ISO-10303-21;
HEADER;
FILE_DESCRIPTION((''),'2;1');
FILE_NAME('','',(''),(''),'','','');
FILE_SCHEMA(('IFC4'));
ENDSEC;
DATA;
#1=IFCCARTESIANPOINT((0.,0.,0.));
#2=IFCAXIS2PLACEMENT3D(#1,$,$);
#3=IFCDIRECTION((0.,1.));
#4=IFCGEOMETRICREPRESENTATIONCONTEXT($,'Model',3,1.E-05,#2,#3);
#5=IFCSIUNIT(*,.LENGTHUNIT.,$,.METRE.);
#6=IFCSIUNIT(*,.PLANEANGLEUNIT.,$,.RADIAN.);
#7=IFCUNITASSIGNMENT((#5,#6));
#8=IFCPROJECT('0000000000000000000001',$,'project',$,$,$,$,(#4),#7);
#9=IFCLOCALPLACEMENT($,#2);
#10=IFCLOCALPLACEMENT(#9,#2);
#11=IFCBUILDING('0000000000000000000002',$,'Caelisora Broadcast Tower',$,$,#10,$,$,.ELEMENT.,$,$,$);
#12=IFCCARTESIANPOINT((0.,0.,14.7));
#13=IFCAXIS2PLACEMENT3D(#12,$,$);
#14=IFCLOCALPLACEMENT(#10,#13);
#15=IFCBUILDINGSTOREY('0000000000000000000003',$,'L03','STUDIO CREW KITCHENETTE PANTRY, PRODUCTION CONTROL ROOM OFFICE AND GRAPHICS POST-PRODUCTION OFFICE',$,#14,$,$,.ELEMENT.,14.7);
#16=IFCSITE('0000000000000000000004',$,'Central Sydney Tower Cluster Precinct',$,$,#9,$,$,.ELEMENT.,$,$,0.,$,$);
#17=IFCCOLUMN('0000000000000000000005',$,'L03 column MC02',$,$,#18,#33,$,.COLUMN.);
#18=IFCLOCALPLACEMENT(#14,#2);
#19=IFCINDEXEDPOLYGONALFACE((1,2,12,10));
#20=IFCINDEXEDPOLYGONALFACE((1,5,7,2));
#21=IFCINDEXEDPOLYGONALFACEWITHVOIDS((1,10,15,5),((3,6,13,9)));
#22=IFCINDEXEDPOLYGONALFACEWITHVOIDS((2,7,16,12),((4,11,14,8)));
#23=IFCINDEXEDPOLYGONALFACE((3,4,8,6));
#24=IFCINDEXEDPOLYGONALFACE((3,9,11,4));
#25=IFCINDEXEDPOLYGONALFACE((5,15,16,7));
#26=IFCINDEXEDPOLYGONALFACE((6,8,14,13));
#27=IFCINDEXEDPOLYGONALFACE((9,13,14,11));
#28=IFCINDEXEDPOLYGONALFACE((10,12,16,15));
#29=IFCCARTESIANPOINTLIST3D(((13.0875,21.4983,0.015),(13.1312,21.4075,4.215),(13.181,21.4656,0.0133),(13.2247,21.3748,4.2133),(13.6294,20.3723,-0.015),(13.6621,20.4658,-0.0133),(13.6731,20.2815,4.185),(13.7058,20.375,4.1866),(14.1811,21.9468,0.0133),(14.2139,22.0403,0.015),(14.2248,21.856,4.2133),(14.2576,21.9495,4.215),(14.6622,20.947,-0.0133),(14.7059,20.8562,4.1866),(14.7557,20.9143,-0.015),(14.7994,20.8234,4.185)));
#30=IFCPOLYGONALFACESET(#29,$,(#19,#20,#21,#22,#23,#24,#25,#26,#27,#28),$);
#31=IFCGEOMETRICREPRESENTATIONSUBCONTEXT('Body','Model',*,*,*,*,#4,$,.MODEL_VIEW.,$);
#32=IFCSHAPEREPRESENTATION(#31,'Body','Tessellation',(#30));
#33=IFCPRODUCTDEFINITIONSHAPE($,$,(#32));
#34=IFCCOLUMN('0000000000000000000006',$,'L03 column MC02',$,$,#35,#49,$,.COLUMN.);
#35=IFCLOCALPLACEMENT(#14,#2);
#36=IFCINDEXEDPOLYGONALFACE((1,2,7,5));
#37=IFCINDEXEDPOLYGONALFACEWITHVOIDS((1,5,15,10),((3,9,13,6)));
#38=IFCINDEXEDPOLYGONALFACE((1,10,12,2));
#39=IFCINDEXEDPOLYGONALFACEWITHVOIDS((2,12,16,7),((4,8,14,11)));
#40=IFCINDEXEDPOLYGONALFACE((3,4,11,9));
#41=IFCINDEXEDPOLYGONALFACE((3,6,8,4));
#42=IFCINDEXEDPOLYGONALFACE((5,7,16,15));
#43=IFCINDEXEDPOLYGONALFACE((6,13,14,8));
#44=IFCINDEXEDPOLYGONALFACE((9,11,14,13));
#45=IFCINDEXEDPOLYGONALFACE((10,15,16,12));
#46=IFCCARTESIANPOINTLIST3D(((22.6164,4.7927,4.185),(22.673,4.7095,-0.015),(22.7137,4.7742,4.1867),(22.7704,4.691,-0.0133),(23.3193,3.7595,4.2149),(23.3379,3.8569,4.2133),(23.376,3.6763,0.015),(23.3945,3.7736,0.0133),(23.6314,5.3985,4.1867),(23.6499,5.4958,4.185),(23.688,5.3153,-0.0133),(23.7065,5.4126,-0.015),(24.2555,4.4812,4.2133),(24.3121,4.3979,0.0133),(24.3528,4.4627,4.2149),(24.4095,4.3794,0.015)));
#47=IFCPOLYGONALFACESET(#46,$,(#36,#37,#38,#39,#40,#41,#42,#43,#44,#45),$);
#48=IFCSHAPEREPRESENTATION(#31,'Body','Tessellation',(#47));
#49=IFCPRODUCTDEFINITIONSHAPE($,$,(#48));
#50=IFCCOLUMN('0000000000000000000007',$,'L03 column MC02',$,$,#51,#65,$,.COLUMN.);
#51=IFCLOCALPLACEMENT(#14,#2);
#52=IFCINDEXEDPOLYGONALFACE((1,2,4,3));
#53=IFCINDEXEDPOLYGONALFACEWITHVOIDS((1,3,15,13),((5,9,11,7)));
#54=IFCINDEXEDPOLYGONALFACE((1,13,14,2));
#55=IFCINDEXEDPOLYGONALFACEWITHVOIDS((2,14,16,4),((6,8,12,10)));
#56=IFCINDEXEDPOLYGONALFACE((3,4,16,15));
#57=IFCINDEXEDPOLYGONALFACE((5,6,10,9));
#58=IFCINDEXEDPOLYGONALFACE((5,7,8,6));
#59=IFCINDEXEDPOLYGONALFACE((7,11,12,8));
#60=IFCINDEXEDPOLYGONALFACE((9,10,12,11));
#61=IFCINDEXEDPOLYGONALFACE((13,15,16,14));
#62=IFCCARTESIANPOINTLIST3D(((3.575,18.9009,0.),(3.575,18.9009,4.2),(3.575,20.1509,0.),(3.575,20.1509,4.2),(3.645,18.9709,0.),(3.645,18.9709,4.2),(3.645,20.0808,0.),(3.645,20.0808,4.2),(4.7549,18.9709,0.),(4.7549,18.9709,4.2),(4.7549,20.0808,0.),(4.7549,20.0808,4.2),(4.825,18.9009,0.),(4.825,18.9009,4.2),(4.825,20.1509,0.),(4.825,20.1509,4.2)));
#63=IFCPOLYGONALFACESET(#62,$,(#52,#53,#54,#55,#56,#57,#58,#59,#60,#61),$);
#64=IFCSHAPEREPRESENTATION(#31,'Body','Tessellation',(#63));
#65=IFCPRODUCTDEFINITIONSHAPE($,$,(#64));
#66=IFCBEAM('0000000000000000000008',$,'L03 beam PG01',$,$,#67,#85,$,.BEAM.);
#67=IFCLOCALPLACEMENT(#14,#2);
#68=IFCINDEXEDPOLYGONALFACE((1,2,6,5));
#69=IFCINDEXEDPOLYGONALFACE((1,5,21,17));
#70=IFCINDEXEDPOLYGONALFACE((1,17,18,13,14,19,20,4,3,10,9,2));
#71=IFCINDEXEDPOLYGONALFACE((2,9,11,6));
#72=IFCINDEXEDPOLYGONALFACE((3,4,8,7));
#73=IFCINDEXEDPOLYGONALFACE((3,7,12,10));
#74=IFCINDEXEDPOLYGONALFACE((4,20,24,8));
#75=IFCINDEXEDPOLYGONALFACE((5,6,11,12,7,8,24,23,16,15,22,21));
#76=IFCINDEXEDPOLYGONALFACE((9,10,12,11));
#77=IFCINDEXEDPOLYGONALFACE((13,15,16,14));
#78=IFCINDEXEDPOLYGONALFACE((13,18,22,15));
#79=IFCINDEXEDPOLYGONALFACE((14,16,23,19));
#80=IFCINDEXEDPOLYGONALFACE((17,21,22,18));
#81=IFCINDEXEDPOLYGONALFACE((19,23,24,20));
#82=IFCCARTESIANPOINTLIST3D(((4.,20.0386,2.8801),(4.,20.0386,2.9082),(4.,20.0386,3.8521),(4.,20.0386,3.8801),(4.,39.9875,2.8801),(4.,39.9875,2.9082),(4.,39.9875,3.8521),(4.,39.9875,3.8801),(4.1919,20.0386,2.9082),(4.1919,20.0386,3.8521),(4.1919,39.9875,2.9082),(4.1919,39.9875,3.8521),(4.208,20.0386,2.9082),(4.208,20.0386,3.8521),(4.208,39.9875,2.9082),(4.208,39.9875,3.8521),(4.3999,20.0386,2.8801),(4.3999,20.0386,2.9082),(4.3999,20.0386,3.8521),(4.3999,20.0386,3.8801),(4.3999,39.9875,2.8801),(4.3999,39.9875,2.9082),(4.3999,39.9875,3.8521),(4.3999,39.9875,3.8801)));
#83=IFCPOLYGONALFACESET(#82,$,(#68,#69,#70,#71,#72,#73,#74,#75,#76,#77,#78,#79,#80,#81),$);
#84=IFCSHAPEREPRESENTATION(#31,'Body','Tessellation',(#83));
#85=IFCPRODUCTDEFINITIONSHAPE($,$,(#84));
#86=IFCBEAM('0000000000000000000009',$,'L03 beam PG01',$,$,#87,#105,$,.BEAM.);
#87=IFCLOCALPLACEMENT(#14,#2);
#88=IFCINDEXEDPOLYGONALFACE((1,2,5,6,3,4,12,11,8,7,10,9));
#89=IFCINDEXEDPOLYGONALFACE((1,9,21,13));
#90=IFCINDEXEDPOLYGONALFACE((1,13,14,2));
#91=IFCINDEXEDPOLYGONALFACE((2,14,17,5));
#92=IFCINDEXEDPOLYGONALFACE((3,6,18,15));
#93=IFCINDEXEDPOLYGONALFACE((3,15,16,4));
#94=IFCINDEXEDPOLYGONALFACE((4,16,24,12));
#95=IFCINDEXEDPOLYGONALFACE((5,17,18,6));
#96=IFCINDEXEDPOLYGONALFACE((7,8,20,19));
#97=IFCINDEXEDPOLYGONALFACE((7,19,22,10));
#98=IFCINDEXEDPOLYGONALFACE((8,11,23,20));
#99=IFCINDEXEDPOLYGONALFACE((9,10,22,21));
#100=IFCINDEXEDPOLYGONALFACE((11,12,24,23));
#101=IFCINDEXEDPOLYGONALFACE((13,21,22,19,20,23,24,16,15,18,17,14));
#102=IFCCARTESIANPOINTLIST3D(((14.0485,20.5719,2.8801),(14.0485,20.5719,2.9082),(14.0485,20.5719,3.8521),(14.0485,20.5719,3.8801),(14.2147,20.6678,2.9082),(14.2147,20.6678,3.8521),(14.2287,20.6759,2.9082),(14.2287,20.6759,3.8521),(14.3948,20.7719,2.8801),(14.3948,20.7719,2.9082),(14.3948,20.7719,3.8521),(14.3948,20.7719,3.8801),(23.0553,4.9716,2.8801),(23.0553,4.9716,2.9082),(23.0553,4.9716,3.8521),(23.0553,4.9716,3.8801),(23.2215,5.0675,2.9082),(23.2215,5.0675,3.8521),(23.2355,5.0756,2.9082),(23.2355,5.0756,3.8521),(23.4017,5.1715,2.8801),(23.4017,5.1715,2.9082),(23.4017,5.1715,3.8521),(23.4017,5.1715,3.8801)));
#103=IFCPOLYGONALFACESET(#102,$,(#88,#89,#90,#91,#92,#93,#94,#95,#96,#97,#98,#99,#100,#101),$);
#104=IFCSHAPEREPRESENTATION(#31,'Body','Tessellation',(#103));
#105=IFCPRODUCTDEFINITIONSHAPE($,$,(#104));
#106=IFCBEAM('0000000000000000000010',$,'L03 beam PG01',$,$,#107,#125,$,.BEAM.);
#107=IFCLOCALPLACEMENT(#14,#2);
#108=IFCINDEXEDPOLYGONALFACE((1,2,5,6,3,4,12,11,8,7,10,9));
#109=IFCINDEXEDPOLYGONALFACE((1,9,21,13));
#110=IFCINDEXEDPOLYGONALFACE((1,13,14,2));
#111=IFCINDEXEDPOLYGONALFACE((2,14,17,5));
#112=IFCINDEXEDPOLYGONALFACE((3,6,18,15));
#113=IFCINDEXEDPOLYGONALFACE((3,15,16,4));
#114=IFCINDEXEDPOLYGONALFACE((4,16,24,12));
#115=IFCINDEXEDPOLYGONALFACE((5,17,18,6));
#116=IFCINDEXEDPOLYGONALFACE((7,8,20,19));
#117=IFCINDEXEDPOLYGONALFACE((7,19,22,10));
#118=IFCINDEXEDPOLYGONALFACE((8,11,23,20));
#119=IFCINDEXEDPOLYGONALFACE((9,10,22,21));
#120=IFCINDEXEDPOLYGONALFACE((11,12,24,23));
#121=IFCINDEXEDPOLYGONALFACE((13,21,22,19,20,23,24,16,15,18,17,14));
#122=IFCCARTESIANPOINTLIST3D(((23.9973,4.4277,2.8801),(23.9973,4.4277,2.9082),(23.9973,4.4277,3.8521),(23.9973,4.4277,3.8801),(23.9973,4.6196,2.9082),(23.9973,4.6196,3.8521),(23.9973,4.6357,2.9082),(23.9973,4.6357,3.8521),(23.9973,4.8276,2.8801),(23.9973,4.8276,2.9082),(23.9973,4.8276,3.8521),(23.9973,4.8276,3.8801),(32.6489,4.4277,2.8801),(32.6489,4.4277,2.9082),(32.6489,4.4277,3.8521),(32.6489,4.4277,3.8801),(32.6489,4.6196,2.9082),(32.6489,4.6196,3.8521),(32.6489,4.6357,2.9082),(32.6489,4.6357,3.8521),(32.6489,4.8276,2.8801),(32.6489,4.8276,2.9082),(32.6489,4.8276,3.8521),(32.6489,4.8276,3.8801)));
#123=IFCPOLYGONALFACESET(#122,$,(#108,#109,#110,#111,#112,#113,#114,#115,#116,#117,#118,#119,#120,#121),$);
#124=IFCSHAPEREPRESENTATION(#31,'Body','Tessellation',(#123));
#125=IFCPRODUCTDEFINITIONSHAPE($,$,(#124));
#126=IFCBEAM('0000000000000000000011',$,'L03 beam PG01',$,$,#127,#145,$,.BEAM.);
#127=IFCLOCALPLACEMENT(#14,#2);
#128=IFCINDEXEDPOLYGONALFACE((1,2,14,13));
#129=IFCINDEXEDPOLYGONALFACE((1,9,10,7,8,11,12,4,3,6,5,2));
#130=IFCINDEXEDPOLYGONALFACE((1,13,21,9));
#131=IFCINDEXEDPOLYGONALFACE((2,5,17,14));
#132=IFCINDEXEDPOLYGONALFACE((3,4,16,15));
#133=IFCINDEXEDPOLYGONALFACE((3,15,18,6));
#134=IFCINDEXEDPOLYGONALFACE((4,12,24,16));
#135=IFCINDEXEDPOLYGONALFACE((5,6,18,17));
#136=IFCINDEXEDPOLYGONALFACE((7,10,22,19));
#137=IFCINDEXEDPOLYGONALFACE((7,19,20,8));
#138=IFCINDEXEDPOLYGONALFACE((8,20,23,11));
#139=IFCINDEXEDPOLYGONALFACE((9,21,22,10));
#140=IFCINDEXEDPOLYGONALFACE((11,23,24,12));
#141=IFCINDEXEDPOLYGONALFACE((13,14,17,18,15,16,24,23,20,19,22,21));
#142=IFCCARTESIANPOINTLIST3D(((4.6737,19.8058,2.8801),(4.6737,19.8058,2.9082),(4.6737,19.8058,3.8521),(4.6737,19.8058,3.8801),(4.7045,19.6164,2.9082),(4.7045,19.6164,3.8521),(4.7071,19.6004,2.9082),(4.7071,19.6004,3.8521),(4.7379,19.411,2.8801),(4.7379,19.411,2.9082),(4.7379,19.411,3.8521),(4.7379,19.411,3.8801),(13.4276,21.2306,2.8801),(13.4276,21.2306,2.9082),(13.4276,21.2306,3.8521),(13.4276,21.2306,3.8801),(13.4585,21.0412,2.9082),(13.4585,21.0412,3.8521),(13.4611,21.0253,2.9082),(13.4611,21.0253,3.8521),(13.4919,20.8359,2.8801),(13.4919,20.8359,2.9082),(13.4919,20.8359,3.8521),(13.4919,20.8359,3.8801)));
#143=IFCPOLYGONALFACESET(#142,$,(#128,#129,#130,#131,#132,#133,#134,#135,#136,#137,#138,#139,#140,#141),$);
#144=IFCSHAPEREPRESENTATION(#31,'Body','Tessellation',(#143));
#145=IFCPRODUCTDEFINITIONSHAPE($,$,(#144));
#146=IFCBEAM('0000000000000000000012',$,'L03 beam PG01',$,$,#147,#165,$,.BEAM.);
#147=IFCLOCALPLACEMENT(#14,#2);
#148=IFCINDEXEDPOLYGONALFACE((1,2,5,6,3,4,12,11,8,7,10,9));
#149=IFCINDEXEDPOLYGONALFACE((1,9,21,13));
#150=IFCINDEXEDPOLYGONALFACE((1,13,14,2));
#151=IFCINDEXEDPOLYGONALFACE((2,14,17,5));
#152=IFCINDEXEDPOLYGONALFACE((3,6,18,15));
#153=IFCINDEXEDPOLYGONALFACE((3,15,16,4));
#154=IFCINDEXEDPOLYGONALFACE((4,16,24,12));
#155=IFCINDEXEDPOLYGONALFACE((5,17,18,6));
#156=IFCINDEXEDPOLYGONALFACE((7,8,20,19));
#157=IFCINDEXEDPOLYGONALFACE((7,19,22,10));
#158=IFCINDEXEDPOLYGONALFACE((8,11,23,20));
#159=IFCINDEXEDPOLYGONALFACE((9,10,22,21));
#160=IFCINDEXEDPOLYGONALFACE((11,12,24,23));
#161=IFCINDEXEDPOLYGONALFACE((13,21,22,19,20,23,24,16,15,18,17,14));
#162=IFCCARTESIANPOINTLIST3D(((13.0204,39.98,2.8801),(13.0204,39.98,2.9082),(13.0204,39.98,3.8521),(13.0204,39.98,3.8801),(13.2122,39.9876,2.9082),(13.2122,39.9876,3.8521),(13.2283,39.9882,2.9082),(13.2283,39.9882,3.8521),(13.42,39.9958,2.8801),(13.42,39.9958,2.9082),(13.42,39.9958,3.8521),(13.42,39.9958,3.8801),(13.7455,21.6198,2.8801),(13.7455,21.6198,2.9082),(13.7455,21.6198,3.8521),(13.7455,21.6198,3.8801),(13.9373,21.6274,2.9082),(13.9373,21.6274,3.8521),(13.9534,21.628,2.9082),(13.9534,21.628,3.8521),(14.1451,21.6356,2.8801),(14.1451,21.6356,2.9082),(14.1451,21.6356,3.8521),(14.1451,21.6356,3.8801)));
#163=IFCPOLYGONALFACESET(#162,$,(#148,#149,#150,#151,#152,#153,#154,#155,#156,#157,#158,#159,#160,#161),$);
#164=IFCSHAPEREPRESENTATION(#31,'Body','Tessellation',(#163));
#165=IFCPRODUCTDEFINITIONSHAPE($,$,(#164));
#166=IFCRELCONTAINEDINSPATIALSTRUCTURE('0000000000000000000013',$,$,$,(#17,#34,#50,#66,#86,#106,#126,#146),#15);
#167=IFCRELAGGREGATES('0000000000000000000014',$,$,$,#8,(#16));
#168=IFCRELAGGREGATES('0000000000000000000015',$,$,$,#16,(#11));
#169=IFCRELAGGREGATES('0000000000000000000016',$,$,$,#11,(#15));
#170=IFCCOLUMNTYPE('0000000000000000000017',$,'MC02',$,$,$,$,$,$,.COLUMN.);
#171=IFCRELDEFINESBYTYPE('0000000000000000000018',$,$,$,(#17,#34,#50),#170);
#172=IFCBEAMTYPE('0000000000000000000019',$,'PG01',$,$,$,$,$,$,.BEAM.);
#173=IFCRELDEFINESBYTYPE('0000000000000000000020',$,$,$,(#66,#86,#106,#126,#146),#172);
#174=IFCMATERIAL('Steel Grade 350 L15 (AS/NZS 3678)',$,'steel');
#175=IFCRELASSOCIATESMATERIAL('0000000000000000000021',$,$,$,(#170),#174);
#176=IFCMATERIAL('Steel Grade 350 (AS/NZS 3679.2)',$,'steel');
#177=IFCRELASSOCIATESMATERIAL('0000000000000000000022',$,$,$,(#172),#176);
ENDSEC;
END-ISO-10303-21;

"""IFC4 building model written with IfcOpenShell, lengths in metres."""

from ifc_helpers import new_model, si_unit, direction, frame, origin, origin_2d, place, context, subcontext, project, spatial, hollow_rectangle, i_section, extrude, source, transform, mapped, material, material_profile, profile_set, type_object, type_shapes, element, save


model = new_model("IFC4")

# Units and contexts
model_context = context("Model", 3, precision=1e-05, world=origin(), true_north=direction((0.0, 1.0)))
body_context = subcontext(model_context, "Body", "Model", "MODEL_VIEW")
ifc_project = project(units=[si_unit("LENGTHUNIT", "METRE"), si_unit("PLANEANGLEUNIT", "RADIAN")], contexts=[model_context])

# Site, building, storey
site_placement = place(None, origin())
site = spatial("IfcSite", under=ifc_project, at=site_placement, Name="Central Sydney Tower Cluster Precinct", CompositionType="ELEMENT", RefElevation=0.0)
building_placement = place(site_placement, origin())
building = spatial("IfcBuilding", under=site, at=building_placement, Name="Caelisora Broadcast Tower", CompositionType="ELEMENT")
storey_placement = place(building_placement, frame((0.0, 0.0, 14.7)))
storey = spatial("IfcBuildingStorey", under=building, at=storey_placement, Name="L03", Description="STUDIO CREW KITCHENETTE PANTRY, PRODUCTION CONTROL ROOM OFFICE AND GRAPHICS POST-PRODUCTION OFFICE", CompositionType="ELEMENT", Elevation=14.7)

# Columns
ifc_material_1 = material(Name="Steel Grade 350 L15 (AS/NZS 3678)", Category="steel")
ifc_material_profile_1 = material_profile(ifc_material_1, hollow_rectangle(XDim=1.25, YDim=1.25, WallThickness=0.0701, at=origin_2d()), Name="Steel Grade 350 L15 (AS/NZS 3678)")
ifc_profile_set_1 = profile_set([ifc_material_profile_1], Name="Steel Grade 350 L15 (AS/NZS 3678)")
column_type = type_object("IfcColumnType", Name="MC02", PredefinedType="COLUMN", material=ifc_profile_set_1)
shared_shape_1 = source(origin(), body_context, "Body", "SweptSolid", [
    extrude(hollow_rectangle(XDim=1.25, YDim=1.25, WallThickness=0.0701, at=origin_2d()), origin(), (0.0, 0.0, 1.0), 4.2012),
])
for number, where, z_axis, x_axis, name in (
    (1, (13.9216, 21.2063, 0.0), (0.010402, -0.021618, 0.999712), (0.901107, 0.433597, 0.0), "L03 column MC02"),
    (2, (23.5413, 4.5444, 0.0), (-0.013482, 0.019816, 0.999713), (-0.826791, -0.562509, 0.0), "L03 column MC02"),
):
    element("IfcColumn", number, at=place(storey_placement, frame(where, z_axis=z_axis, x_axis=x_axis)), inside=storey, type_object=column_type, Name=name, PredefinedType="COLUMN", context=body_context, shape_type="MappedRepresentation", body=[
        mapped(shared_shape_1, transform((0.0, 0.0, 0.0), scale=1.0)),
    ])
shared_shape_2 = source(origin(), body_context, "Body", "SweptSolid", [
    extrude(hollow_rectangle(XDim=1.25, YDim=1.25, WallThickness=0.0701, at=origin_2d()), origin(), (0.0, 0.0, 1.0), 4.2),
])
type_shapes(column_type, [shared_shape_1, shared_shape_2])
column_placement = place(storey_placement, frame((4.2, 19.5259, 0.0), z_axis=(0.0, 0.0, 1.0), x_axis=(1.0, 0.0, 0.0)))
element("IfcColumn", 3, at=column_placement, inside=storey, type_object=column_type, Name="L03 column MC02", PredefinedType="COLUMN", context=body_context, shape_type="MappedRepresentation", body=[
    mapped(shared_shape_2, transform((0.0, 0.0, 0.0), scale=1.0)),
])

# Beams
ifc_material_2 = material(Name="Steel Grade 350 (AS/NZS 3679.2)", Category="steel")
ifc_material_profile_2 = material_profile(ifc_material_2, i_section(OverallWidth=0.3999, OverallDepth=1.0, WebThickness=0.0161, FlangeThickness=0.0281, at=origin_2d()), Name="Steel Grade 350 (AS/NZS 3679.2)")
ifc_profile_set_2 = profile_set([ifc_material_profile_2], Name="Steel Grade 350 (AS/NZS 3679.2)")
beam_type_1 = type_object("IfcBeamType", Name="PG01", PredefinedType="BEAM", material=ifc_profile_set_2)
shared_shape_3 = source(origin(), body_context, "Body", "SweptSolid", [
    extrude(i_section(OverallWidth=0.3999, OverallDepth=1.0, WebThickness=0.0161, FlangeThickness=0.0281, at=origin_2d()), origin(), (0.0, 0.0, 1.0), 19.949),
])
beam_1_placement = place(storey_placement, frame((4.2, 20.0386, 3.3801), z_axis=(0.0, 1.0, 0.0), x_axis=(-1.0, 0.0, 0.0)))
element("IfcBeam", 4, at=beam_1_placement, inside=storey, type_object=beam_type_1, Name="L03 beam PG01", PredefinedType="BEAM", context=body_context, shape_type="MappedRepresentation", body=[
    mapped(shared_shape_3, transform((0.0, 0.0, 0.0), scale=1.0)),
])
shared_shape_4 = source(origin(), body_context, "Body", "SweptSolid", [
    extrude(i_section(OverallWidth=0.3999, OverallDepth=1.0, WebThickness=0.0161, FlangeThickness=0.0281, at=origin_2d()), origin(), (0.0, 0.0, 1.0), 18.0137),
])
beam_2_placement = place(storey_placement, frame((14.2217, 20.6719, 3.3801), z_axis=(0.499999, -0.866026, 0.0), x_axis=(0.866026, 0.499999, 0.0)))
element("IfcBeam", 5, at=beam_2_placement, inside=storey, type_object=beam_type_1, Name="L03 beam PG01", PredefinedType="BEAM", context=body_context, shape_type="MappedRepresentation", body=[
    mapped(shared_shape_4, transform((0.0, 0.0, 0.0), scale=1.0)),
])
shared_shape_5 = source(origin(), body_context, "Body", "SweptSolid", [
    extrude(i_section(OverallWidth=0.3999, OverallDepth=1.0, WebThickness=0.0161, FlangeThickness=0.0281, at=origin_2d()), origin(), (0.0, 0.0, 1.0), 8.6516),
])
beam_3_placement = place(storey_placement, frame((23.9973, 4.6277, 3.3801), z_axis=(1.0, 0.0, 0.0), x_axis=(0.0, 1.0, 0.0)))
element("IfcBeam", 6, at=beam_3_placement, inside=storey, type_object=beam_type_1, Name="L03 beam PG01", PredefinedType="BEAM", context=body_context, shape_type="MappedRepresentation", body=[
    mapped(shared_shape_5, transform((0.0, 0.0, 0.0), scale=1.0)),
])
shared_shape_6 = source(origin(), body_context, "Body", "SweptSolid", [
    extrude(i_section(OverallWidth=0.3999, OverallDepth=1.0, WebThickness=0.0161, FlangeThickness=0.0281, at=origin_2d()), origin(), (0.0, 0.0, 1.0), 8.8691),
])
beam_4_placement = place(storey_placement, frame((4.7058, 19.6084, 3.3801), z_axis=(0.987012, 0.160648, 0.0), x_axis=(-0.160648, 0.987012, 0.0)))
element("IfcBeam", 7, at=beam_4_placement, inside=storey, type_object=beam_type_1, Name="L03 beam PG01", PredefinedType="BEAM", context=body_context, shape_type="MappedRepresentation", body=[
    mapped(shared_shape_6, transform((0.0, 0.0, 0.0), scale=1.0)),
])
shared_shape_7 = source(origin(), body_context, "Body", "SweptSolid", [
    extrude(i_section(OverallWidth=0.3999, OverallDepth=1.0, WebThickness=0.0161, FlangeThickness=0.0281, at=origin_2d()), origin(), (0.0, 0.0, 1.0), 18.3745),
])
type_shapes(beam_type_1, [shared_shape_3, shared_shape_4, shared_shape_5, shared_shape_6, shared_shape_7])
beam_5_placement = place(storey_placement, frame((13.9453, 21.6277, 3.3801), z_axis=(-0.039462, 0.999221, 0.0), x_axis=(-0.999221, -0.039462, 0.0)))
element("IfcBeam", 8, at=beam_5_placement, inside=storey, type_object=beam_type_1, Name="L03 beam PG01", PredefinedType="BEAM", context=body_context, shape_type="MappedRepresentation", body=[
    mapped(shared_shape_7, transform((0.0, 0.0, 0.0), scale=1.0)),
])

save(model, "model.ifc")
